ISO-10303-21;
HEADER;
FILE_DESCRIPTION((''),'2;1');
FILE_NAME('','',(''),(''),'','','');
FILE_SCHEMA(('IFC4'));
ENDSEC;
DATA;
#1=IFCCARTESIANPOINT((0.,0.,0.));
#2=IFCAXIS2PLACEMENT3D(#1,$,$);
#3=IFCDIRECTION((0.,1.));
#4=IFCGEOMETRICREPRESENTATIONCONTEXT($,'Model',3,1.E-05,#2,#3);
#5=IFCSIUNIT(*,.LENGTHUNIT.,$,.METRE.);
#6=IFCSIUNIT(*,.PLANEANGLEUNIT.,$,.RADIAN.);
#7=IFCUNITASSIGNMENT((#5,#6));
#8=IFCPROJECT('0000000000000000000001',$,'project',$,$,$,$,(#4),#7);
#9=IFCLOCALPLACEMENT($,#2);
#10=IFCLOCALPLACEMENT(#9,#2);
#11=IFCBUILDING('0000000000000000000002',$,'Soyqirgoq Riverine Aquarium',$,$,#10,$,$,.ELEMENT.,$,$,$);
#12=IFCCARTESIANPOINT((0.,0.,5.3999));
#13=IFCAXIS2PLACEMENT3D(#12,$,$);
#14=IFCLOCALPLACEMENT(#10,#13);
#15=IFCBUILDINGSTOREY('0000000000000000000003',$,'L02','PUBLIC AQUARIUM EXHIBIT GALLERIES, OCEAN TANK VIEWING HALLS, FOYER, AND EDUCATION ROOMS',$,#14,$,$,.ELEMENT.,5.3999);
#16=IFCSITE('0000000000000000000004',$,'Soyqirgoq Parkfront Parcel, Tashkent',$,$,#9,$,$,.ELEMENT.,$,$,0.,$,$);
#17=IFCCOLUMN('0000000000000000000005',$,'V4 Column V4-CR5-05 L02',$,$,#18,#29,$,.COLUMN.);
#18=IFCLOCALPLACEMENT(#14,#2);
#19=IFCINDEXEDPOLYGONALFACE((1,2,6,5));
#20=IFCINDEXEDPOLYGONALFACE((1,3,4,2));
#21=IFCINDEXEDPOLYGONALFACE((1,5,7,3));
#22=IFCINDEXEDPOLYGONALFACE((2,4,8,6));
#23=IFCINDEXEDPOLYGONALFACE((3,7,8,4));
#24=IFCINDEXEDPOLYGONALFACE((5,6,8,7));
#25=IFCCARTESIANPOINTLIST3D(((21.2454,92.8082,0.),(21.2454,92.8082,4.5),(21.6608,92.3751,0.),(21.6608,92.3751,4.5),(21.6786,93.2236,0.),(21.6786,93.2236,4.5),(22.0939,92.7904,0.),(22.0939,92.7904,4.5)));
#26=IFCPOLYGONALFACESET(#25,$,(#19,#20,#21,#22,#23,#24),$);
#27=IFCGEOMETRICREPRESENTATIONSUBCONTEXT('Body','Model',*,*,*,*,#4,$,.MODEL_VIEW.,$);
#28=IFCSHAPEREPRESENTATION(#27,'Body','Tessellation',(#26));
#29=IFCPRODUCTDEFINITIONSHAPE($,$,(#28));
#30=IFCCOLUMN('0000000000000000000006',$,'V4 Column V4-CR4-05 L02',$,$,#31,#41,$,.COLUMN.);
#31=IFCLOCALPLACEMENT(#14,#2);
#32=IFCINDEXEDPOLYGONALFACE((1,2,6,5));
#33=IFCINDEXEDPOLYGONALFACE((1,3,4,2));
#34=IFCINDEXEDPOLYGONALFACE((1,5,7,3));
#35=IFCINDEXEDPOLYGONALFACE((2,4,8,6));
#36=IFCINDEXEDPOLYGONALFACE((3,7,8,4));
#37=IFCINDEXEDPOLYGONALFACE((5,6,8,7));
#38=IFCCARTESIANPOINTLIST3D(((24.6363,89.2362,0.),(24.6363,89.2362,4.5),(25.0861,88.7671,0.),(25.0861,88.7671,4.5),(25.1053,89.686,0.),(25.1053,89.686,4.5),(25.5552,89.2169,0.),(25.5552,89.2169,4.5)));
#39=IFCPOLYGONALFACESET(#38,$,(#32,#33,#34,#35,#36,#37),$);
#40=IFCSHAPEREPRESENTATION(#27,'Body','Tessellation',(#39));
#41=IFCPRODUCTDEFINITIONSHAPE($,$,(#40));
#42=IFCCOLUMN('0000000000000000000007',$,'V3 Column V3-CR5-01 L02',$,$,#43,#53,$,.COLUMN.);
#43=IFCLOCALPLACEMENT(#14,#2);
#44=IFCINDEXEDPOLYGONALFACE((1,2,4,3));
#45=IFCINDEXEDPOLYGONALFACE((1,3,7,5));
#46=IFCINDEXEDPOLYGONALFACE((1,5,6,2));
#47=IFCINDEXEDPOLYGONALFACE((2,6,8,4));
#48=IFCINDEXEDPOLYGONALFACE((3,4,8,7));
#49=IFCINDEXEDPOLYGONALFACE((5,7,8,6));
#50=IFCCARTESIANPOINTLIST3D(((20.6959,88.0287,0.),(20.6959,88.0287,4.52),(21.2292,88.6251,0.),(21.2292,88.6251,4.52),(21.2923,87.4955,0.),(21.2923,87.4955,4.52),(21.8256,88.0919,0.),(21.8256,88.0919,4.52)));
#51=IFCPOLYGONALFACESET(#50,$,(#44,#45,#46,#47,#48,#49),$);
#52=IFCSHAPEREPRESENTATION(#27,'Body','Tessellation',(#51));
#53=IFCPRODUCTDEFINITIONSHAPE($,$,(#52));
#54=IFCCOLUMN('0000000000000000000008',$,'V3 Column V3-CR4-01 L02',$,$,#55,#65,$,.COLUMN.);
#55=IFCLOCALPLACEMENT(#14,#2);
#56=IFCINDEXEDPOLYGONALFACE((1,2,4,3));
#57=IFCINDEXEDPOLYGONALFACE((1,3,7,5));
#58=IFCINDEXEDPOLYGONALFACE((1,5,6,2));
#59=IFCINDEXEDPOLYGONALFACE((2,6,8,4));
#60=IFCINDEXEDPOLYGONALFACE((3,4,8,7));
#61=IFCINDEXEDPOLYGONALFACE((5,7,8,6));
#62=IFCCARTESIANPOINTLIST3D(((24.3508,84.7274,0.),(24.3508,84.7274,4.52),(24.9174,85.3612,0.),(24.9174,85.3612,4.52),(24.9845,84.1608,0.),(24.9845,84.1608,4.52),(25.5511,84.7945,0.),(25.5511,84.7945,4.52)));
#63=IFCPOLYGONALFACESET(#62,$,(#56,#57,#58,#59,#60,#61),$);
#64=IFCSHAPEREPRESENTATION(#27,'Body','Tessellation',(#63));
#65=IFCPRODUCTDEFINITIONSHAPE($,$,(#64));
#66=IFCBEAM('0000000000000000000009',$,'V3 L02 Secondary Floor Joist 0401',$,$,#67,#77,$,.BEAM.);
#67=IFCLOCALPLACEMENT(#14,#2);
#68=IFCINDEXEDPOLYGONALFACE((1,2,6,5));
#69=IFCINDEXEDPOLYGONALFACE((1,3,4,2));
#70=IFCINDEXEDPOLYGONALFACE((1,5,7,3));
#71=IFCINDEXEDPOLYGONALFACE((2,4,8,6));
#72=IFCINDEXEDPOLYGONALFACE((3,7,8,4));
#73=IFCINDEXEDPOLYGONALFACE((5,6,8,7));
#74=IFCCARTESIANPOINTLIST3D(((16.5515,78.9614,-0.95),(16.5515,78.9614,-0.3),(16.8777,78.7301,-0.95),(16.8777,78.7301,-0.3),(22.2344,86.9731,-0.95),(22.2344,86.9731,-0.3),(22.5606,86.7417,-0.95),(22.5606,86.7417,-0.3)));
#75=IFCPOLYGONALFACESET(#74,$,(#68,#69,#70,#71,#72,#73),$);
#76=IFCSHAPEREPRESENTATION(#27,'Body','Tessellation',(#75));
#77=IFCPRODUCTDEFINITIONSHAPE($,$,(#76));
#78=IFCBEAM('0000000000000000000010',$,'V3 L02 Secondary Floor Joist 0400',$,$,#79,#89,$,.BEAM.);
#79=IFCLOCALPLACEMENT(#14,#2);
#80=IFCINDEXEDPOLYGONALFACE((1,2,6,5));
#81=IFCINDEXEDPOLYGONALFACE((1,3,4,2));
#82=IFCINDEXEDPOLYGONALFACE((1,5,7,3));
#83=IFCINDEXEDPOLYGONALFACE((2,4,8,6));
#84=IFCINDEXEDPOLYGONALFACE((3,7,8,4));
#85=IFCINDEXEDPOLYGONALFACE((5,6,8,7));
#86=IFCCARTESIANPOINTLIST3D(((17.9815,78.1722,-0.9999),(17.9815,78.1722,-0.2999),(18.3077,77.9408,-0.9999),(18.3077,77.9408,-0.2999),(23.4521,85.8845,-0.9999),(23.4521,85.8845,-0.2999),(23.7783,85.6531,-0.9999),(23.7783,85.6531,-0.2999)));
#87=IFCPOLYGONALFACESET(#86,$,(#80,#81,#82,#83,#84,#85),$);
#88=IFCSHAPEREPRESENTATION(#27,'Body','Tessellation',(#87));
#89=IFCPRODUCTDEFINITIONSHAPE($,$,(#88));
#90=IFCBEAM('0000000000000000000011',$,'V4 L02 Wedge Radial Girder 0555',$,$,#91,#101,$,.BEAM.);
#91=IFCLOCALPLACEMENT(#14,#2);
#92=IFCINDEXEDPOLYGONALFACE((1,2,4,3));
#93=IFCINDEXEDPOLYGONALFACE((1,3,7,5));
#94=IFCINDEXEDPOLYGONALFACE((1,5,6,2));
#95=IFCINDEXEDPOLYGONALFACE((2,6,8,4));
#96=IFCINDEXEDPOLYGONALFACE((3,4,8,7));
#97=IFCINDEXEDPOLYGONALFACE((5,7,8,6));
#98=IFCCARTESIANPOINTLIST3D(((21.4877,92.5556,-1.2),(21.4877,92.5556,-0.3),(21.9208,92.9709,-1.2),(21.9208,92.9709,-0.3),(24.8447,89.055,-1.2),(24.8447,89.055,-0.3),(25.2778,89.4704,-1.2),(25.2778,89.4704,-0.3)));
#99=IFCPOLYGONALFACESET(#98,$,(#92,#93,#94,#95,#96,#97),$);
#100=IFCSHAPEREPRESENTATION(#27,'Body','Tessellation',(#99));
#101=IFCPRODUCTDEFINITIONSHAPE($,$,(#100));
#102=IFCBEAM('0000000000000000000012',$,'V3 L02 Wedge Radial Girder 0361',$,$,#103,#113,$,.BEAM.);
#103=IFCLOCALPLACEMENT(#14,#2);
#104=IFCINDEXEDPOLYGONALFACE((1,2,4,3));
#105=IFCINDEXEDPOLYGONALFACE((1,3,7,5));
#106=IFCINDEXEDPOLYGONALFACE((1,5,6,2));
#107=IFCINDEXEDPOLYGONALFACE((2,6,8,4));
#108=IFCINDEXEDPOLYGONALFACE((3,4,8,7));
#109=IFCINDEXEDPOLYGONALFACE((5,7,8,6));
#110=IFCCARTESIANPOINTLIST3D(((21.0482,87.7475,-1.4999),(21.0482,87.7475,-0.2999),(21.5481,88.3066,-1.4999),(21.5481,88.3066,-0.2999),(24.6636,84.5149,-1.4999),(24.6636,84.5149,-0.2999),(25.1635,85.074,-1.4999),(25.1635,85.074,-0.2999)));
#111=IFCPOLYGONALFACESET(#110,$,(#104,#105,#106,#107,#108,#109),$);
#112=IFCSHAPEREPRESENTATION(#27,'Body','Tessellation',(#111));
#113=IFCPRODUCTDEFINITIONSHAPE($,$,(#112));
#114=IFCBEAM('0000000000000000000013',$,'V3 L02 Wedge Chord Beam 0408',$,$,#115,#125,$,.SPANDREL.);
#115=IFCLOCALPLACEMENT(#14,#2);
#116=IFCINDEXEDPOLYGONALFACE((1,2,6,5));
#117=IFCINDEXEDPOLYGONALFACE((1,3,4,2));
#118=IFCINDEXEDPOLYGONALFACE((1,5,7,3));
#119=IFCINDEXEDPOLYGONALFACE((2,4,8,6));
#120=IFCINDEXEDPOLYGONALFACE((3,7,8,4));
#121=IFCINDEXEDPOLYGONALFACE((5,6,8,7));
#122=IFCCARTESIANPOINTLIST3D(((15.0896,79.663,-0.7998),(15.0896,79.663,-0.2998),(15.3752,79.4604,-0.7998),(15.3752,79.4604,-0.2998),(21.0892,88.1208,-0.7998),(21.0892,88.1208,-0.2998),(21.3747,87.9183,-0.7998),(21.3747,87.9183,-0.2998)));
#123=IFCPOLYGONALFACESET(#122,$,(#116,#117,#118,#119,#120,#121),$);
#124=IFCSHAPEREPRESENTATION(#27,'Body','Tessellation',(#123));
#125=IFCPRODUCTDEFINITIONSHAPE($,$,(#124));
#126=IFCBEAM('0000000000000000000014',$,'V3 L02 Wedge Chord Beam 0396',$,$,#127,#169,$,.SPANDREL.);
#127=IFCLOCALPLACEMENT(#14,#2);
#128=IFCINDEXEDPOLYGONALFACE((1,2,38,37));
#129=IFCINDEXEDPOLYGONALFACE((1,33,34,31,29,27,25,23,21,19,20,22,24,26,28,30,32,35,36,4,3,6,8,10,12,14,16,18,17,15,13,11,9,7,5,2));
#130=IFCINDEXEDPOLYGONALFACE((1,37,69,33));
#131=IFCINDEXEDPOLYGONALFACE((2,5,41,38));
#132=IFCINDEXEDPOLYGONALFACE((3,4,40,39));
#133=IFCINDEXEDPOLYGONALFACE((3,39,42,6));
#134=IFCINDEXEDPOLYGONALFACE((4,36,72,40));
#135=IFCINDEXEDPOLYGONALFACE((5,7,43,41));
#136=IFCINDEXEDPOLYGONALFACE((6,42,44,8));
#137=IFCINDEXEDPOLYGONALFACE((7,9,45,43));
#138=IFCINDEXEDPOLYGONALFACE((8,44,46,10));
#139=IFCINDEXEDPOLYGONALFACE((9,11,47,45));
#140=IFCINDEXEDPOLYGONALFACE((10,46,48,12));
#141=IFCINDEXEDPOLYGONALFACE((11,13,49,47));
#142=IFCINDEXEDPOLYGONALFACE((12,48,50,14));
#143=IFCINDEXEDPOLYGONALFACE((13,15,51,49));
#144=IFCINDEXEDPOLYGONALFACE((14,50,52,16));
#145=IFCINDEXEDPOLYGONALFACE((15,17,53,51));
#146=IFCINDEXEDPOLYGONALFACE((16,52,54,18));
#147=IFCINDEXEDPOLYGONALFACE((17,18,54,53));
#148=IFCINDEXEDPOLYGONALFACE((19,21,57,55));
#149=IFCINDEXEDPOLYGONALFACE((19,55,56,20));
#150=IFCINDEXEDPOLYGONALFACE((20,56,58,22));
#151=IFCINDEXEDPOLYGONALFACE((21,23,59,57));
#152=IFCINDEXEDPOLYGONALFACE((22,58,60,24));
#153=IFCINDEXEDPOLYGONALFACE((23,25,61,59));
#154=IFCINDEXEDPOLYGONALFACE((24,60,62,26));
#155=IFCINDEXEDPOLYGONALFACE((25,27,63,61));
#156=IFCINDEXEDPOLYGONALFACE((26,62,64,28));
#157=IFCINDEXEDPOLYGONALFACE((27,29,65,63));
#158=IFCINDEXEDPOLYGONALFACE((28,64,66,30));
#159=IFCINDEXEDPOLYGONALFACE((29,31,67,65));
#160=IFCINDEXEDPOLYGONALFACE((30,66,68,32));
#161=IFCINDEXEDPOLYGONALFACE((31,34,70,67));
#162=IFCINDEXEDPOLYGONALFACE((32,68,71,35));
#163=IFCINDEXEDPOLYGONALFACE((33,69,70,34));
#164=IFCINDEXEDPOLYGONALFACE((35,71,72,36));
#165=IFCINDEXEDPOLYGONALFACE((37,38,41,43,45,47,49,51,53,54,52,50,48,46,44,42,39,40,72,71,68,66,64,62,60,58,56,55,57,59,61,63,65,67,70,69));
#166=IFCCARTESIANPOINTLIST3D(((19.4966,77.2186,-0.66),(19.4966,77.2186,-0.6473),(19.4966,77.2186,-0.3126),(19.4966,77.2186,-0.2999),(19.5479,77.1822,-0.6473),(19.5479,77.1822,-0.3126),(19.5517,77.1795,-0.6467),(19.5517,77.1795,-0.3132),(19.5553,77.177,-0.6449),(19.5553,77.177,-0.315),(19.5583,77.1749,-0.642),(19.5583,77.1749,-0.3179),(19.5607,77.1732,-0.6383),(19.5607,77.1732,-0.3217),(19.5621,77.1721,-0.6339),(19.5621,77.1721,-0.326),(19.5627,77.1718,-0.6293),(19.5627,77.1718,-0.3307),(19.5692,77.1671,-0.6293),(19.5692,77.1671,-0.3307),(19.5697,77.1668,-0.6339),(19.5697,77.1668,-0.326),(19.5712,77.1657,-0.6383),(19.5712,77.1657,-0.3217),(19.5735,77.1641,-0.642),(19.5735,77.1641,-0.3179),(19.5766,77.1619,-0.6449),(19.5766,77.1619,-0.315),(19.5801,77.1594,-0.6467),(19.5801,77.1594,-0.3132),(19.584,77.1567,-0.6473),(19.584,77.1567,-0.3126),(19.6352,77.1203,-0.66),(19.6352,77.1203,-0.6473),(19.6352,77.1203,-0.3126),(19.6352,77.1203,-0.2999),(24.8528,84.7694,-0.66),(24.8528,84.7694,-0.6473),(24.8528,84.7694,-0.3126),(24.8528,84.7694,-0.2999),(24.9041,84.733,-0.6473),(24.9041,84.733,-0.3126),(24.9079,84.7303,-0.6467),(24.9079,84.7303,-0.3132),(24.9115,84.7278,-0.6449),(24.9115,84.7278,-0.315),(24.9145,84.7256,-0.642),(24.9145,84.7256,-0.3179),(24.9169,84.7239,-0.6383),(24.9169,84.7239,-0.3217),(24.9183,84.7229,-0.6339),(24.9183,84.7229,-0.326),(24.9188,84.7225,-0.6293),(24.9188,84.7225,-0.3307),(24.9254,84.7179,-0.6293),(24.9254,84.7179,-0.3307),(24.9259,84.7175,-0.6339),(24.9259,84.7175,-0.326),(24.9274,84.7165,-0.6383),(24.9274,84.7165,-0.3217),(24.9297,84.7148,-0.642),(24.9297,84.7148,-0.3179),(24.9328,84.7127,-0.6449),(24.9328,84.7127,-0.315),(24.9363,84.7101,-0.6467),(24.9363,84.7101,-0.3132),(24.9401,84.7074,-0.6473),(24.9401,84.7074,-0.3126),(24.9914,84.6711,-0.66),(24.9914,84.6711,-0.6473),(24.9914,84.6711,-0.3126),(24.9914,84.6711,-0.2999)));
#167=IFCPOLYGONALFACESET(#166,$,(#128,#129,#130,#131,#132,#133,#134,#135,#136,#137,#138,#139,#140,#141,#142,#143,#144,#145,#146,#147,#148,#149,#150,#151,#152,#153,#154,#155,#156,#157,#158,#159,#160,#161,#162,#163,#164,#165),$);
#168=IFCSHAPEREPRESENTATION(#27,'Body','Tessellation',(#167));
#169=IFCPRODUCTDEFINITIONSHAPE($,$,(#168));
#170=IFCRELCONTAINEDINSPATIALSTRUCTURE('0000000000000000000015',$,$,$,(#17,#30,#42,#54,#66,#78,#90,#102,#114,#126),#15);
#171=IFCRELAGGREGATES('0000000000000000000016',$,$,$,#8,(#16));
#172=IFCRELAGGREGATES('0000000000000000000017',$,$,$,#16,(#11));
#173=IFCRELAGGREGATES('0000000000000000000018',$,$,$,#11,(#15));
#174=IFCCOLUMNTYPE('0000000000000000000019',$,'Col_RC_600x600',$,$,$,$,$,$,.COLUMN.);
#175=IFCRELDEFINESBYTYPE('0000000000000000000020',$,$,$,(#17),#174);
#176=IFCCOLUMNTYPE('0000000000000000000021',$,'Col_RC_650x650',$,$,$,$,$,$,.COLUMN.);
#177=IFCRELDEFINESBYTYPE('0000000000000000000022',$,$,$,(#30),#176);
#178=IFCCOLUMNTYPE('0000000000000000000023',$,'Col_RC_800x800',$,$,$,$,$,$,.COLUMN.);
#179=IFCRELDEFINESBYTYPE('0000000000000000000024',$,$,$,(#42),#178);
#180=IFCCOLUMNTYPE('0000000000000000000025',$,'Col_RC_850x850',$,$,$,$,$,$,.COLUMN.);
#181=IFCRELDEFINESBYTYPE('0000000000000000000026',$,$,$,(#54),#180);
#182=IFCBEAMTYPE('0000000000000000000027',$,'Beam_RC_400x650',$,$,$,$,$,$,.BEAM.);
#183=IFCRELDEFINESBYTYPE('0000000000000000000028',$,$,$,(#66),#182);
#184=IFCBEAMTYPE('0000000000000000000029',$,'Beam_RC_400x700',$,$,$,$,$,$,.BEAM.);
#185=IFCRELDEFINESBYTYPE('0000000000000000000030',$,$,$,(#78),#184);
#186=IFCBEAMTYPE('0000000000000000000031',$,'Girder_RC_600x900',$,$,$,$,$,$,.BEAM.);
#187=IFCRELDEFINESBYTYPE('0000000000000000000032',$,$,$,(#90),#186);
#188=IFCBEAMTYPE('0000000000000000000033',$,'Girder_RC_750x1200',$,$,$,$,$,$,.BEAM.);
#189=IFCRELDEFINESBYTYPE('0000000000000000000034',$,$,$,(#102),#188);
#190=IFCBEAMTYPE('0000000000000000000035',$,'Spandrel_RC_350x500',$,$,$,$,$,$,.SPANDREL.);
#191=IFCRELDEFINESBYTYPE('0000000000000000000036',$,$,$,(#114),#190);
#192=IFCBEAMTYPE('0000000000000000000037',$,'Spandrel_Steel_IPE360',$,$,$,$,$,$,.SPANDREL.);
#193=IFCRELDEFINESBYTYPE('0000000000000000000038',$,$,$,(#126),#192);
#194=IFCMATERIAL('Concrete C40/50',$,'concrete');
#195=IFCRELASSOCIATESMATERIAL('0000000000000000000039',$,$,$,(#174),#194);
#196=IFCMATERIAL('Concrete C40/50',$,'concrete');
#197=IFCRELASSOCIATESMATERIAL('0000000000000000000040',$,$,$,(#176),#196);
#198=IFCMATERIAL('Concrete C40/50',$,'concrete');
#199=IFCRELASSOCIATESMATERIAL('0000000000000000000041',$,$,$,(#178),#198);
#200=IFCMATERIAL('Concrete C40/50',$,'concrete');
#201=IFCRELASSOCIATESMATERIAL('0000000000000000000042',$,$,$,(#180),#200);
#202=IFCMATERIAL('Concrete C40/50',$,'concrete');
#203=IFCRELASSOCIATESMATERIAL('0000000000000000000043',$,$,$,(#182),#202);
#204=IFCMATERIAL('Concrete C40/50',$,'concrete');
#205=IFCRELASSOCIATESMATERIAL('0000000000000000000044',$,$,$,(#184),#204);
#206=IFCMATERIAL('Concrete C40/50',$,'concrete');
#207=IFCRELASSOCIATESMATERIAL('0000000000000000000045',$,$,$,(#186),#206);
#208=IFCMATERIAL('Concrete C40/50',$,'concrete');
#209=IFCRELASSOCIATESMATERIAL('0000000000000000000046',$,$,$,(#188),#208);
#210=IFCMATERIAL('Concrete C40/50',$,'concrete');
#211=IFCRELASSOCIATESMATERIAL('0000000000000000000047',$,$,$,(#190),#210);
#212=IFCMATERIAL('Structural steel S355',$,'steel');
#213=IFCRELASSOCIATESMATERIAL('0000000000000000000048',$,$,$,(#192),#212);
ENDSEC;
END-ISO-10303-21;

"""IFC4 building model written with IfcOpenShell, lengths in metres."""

from ifc_helpers import new_model, si_unit, direction, frame, origin, origin_2d, place, context, subcontext, project, spatial, rectangle, i_section, extrude, material, material_profile, profile_set, type_object, element, save


model = new_model("IFC4")

# Units and contexts
model_context = context("Model", 3, precision=1e-05, world=origin(), true_north=direction((0.0, 1.0)))
body_context = subcontext(model_context, "Body", "Model", "MODEL_VIEW")
ifc_project = project(units=[si_unit("LENGTHUNIT", "METRE"), si_unit("PLANEANGLEUNIT", "RADIAN")], contexts=[model_context])

# Site, building, storey
site_placement = place(None, origin())
site = spatial("IfcSite", under=ifc_project, at=site_placement, Name="Soyqirgoq Parkfront Parcel, Tashkent", CompositionType="ELEMENT", RefElevation=0.0)
building_placement = place(site_placement, origin())
building = spatial("IfcBuilding", under=site, at=building_placement, Name="Soyqirgoq Riverine Aquarium", CompositionType="ELEMENT")
storey_placement = place(building_placement, frame((0.0, 0.0, 5.3999)))
storey = spatial("IfcBuildingStorey", under=building, at=storey_placement, Name="L02", Description="PUBLIC AQUARIUM EXHIBIT GALLERIES, OCEAN TANK VIEWING HALLS, FOYER, AND EDUCATION ROOMS", CompositionType="ELEMENT", Elevation=5.3999)

# Columns
ifc_material_1 = material(Name="Concrete C40/50", Category="concrete")
ifc_material_profile_1 = material_profile(ifc_material_1, rectangle(XDim=0.6001, YDim=0.6001, at=origin_2d()), Name="RC 600x600")
ifc_profile_set_1 = profile_set([ifc_material_profile_1], Name="Concrete C40/50")
column_type_1 = type_object("IfcColumnType", Name="Col_RC_600x600", PredefinedType="COLUMN", material=ifc_profile_set_1)
column_1_placement = place(storey_placement, frame((21.6697, 92.7993, 0.0), z_axis=(0.0, 0.0, 1.0), x_axis=(-0.692143, 0.72176, 0.0)))
element("IfcColumn", 1, at=column_1_placement, inside=storey, type_object=column_type_1, Name="V4 Column V4-CR5-05 L02", PredefinedType="COLUMN", context=body_context, shape_type="SweptSolid", body=[
    extrude(rectangle(XDim=0.6001, YDim=0.6001, at=origin_2d()), origin(), (0.0, 0.0, 1.0), 4.5),
])
ifc_material_2 = material(Name="Concrete C40/50", Category="concrete")
ifc_material_profile_2 = material_profile(ifc_material_2, rectangle(XDim=0.6499, YDim=0.6499, at=origin_2d()), Name="RC 650x650")
ifc_profile_set_2 = profile_set([ifc_material_profile_2], Name="Concrete C40/50")
column_type_2 = type_object("IfcColumnType", Name="Col_RC_650x650", PredefinedType="COLUMN", material=ifc_profile_set_2)
column_2_placement = place(storey_placement, frame((25.0957, 89.2266, 0.0), z_axis=(0.0, 0.0, 1.0), x_axis=(-0.692143, 0.72176, 0.0)))
element("IfcColumn", 2, at=column_2_placement, inside=storey, type_object=column_type_2, Name="V4 Column V4-CR4-05 L02", PredefinedType="COLUMN", context=body_context, shape_type="SweptSolid", body=[
    extrude(rectangle(XDim=0.6499, YDim=0.6499, at=origin_2d()), origin(), (0.0, 0.0, 1.0), 4.5),
])
ifc_material_3 = material(Name="Concrete C40/50", Category="concrete")
ifc_material_profile_3 = material_profile(ifc_material_3, rectangle(XDim=0.8, YDim=0.8, at=origin_2d()), Name="RC 800x800")
ifc_profile_set_3 = profile_set([ifc_material_profile_3], Name="Concrete C40/50")
column_type_3 = type_object("IfcColumnType", Name="Col_RC_800x800", PredefinedType="COLUMN", material=ifc_profile_set_3)
column_3_placement = place(storey_placement, frame((21.2607, 88.0603, 0.0), z_axis=(0.0, 0.0, 1.0), x_axis=(-0.745476, 0.666532, 0.0)))
element("IfcColumn", 3, at=column_3_placement, inside=storey, type_object=column_type_3, Name="V3 Column V3-CR5-01 L02", PredefinedType="COLUMN", context=body_context, shape_type="SweptSolid", body=[
    extrude(rectangle(XDim=0.8, YDim=0.8, at=origin_2d()), origin(), (0.0, 0.0, 1.0), 4.52),
])
ifc_material_4 = material(Name="Concrete C40/50", Category="concrete")
ifc_material_profile_4 = material_profile(ifc_material_4, rectangle(XDim=0.8501, YDim=0.8501, at=origin_2d()), Name="RC 850x850")
ifc_profile_set_4 = profile_set([ifc_material_profile_4], Name="Concrete C40/50")
column_type_4 = type_object("IfcColumnType", Name="Col_RC_850x850", PredefinedType="COLUMN", material=ifc_profile_set_4)
column_4_placement = place(storey_placement, frame((24.9509, 84.761, 0.0), z_axis=(0.0, 0.0, 1.0), x_axis=(-0.745476, 0.666532, 0.0)))
element("IfcColumn", 4, at=column_4_placement, inside=storey, type_object=column_type_4, Name="V3 Column V3-CR4-01 L02", PredefinedType="COLUMN", context=body_context, shape_type="SweptSolid", body=[
    extrude(rectangle(XDim=0.8501, YDim=0.8501, at=origin_2d()), origin(), (0.0, 0.0, 1.0), 4.52),
])

# Beams
ifc_material_5 = material(Name="Concrete C40/50", Category="concrete")
ifc_material_profile_5 = material_profile(ifc_material_5, rectangle(XDim=0.3999, YDim=0.6499, at=origin_2d()), Name="RC 400x650")
ifc_profile_set_5 = profile_set([ifc_material_profile_5], Name="Concrete C40/50")
beam_type_1 = type_object("IfcBeamType", Name="Beam_RC_400x650", PredefinedType="BEAM", material=ifc_profile_set_5)
beam_1_placement = place(storey_placement, frame((22.3975, 86.8574, -0.625), z_axis=(-0.578552, -0.815645, 0.0), x_axis=(0.815645, -0.578552, 0.0)))
element("IfcBeam", 5, at=beam_1_placement, inside=storey, type_object=beam_type_1, Name="V3 L02 Secondary Floor Joist 0401", PredefinedType="BEAM", context=body_context, shape_type="SweptSolid", body=[
    extrude(rectangle(XDim=0.3999, YDim=0.6499, at=origin_2d()), origin(), (0.0, 0.0, 1.0), 9.8225),
])
ifc_material_6 = material(Name="Concrete C40/50", Category="concrete")
ifc_material_profile_6 = material_profile(ifc_material_6, rectangle(XDim=0.3999, YDim=0.7, at=origin_2d()), Name="RC 400x700")
ifc_profile_set_6 = profile_set([ifc_material_profile_6], Name="Concrete C40/50")
beam_type_2 = type_object("IfcBeamType", Name="Beam_RC_400x700", PredefinedType="BEAM", material=ifc_profile_set_6)
beam_2_placement = place(storey_placement, frame((23.6152, 85.7688, -0.6499), z_axis=(-0.578563, -0.815638, 0.0), x_axis=(0.815638, -0.578563, 0.0)))
element("IfcBeam", 6, at=beam_2_placement, inside=storey, type_object=beam_type_2, Name="V3 L02 Secondary Floor Joist 0400", PredefinedType="BEAM", context=body_context, shape_type="SweptSolid", body=[
    extrude(rectangle(XDim=0.3999, YDim=0.7, at=origin_2d()), origin(), (0.0, 0.0, 1.0), 9.4556),
])
ifc_material_7 = material(Name="Concrete C40/50", Category="concrete")
ifc_material_profile_7 = material_profile(ifc_material_7, rectangle(XDim=0.6001, YDim=0.8999, at=origin_2d()), Name="RC 600x900")
ifc_profile_set_7 = profile_set([ifc_material_profile_7], Name="Concrete C40/50")
beam_type_3 = type_object("IfcBeamType", Name="Girder_RC_600x900", PredefinedType="BEAM", material=ifc_profile_set_7)
beam_3_placement = place(storey_placement, frame((25.0613, 89.2627, -0.75), z_axis=(-0.692152, 0.721751, 0.0), x_axis=(-0.721751, -0.692152, 0.0)))
element("IfcBeam", 7, at=beam_3_placement, inside=storey, type_object=beam_type_3, Name="V4 L02 Wedge Radial Girder 0555", PredefinedType="BEAM", context=body_context, shape_type="SweptSolid", body=[
    extrude(rectangle(XDim=0.6001, YDim=0.8999, at=origin_2d()), origin(), (0.0, 0.0, 1.0), 4.8501),
])
ifc_material_8 = material(Name="Concrete C40/50", Category="concrete")
ifc_material_profile_8 = material_profile(ifc_material_8, rectangle(XDim=0.75, YDim=1.2, at=origin_2d()), Name="RC 750x1200")
ifc_profile_set_8 = profile_set([ifc_material_profile_8], Name="Concrete C40/50")
beam_type_4 = type_object("IfcBeamType", Name="Girder_RC_750x1200", PredefinedType="BEAM", material=ifc_profile_set_8)
beam_4_placement = place(storey_placement, frame((24.9136, 84.7944, -0.8999), z_axis=(-0.74547, 0.666539, 0.0), x_axis=(-0.666539, -0.74547, 0.0)))
element("IfcBeam", 8, at=beam_4_placement, inside=storey, type_object=beam_type_4, Name="V3 L02 Wedge Radial Girder 0361", PredefinedType="BEAM", context=body_context, shape_type="SweptSolid", body=[
    extrude(rectangle(XDim=0.75, YDim=1.2, at=origin_2d()), origin(), (0.0, 0.0, 1.0), 4.8499),
])
ifc_material_9 = material(Name="Concrete C40/50", Category="concrete")
ifc_material_profile_9 = material_profile(ifc_material_9, rectangle(XDim=0.3501, YDim=0.5, at=origin_2d()), Name="RC 350x500")
ifc_profile_set_9 = profile_set([ifc_material_profile_9], Name="Concrete C40/50")
beam_type_5 = type_object("IfcBeamType", Name="Spandrel_RC_350x500", PredefinedType="SPANDREL", material=ifc_profile_set_9)
beam_5_placement = place(storey_placement, frame((21.2319, 88.0195, -0.5498), z_axis=(-0.578569, -0.815633, 0.0), x_axis=(0.815633, -0.578569, 0.0)))
element("IfcBeam", 9, at=beam_5_placement, inside=storey, type_object=beam_type_5, Name="V3 L02 Wedge Chord Beam 0408", PredefinedType="SPANDREL", context=body_context, shape_type="SweptSolid", body=[
    extrude(rectangle(XDim=0.3501, YDim=0.5, at=origin_2d()), origin(), (0.0, 0.0, 1.0), 10.3696),
])
ifc_material_10 = material(Name="Structural steel S355", Category="steel")
ifc_material_profile_10 = material_profile(ifc_material_10, i_section(OverallWidth=0.1699, OverallDepth=0.3601, WebThickness=0.0081, FlangeThickness=0.0127, FilletRadius=0.0181, at=origin_2d()), Name="IPE 360")
ifc_profile_set_10 = profile_set([ifc_material_profile_10], Name="Structural steel S355")
beam_type_6 = type_object("IfcBeamType", Name="Spandrel_Steel_IPE360", PredefinedType="SPANDREL", material=ifc_profile_set_10)
beam_6_placement = place(storey_placement, frame((24.9221, 84.7202, -0.48), z_axis=(-0.578573, -0.81563, 0.0), x_axis=(0.81563, -0.578573, 0.0)))
element("IfcBeam", 10, at=beam_6_placement, inside=storey, type_object=beam_type_6, Name="V3 L02 Wedge Chord Beam 0396", PredefinedType="SPANDREL", context=body_context, shape_type="SweptSolid", body=[
    extrude(i_section(OverallWidth=0.1699, OverallDepth=0.3601, WebThickness=0.0081, FlangeThickness=0.0127, FilletRadius=0.0181, at=origin_2d()), origin(), (0.0, 0.0, 1.0), 9.2576),
])

save(model, "model.ifc")
